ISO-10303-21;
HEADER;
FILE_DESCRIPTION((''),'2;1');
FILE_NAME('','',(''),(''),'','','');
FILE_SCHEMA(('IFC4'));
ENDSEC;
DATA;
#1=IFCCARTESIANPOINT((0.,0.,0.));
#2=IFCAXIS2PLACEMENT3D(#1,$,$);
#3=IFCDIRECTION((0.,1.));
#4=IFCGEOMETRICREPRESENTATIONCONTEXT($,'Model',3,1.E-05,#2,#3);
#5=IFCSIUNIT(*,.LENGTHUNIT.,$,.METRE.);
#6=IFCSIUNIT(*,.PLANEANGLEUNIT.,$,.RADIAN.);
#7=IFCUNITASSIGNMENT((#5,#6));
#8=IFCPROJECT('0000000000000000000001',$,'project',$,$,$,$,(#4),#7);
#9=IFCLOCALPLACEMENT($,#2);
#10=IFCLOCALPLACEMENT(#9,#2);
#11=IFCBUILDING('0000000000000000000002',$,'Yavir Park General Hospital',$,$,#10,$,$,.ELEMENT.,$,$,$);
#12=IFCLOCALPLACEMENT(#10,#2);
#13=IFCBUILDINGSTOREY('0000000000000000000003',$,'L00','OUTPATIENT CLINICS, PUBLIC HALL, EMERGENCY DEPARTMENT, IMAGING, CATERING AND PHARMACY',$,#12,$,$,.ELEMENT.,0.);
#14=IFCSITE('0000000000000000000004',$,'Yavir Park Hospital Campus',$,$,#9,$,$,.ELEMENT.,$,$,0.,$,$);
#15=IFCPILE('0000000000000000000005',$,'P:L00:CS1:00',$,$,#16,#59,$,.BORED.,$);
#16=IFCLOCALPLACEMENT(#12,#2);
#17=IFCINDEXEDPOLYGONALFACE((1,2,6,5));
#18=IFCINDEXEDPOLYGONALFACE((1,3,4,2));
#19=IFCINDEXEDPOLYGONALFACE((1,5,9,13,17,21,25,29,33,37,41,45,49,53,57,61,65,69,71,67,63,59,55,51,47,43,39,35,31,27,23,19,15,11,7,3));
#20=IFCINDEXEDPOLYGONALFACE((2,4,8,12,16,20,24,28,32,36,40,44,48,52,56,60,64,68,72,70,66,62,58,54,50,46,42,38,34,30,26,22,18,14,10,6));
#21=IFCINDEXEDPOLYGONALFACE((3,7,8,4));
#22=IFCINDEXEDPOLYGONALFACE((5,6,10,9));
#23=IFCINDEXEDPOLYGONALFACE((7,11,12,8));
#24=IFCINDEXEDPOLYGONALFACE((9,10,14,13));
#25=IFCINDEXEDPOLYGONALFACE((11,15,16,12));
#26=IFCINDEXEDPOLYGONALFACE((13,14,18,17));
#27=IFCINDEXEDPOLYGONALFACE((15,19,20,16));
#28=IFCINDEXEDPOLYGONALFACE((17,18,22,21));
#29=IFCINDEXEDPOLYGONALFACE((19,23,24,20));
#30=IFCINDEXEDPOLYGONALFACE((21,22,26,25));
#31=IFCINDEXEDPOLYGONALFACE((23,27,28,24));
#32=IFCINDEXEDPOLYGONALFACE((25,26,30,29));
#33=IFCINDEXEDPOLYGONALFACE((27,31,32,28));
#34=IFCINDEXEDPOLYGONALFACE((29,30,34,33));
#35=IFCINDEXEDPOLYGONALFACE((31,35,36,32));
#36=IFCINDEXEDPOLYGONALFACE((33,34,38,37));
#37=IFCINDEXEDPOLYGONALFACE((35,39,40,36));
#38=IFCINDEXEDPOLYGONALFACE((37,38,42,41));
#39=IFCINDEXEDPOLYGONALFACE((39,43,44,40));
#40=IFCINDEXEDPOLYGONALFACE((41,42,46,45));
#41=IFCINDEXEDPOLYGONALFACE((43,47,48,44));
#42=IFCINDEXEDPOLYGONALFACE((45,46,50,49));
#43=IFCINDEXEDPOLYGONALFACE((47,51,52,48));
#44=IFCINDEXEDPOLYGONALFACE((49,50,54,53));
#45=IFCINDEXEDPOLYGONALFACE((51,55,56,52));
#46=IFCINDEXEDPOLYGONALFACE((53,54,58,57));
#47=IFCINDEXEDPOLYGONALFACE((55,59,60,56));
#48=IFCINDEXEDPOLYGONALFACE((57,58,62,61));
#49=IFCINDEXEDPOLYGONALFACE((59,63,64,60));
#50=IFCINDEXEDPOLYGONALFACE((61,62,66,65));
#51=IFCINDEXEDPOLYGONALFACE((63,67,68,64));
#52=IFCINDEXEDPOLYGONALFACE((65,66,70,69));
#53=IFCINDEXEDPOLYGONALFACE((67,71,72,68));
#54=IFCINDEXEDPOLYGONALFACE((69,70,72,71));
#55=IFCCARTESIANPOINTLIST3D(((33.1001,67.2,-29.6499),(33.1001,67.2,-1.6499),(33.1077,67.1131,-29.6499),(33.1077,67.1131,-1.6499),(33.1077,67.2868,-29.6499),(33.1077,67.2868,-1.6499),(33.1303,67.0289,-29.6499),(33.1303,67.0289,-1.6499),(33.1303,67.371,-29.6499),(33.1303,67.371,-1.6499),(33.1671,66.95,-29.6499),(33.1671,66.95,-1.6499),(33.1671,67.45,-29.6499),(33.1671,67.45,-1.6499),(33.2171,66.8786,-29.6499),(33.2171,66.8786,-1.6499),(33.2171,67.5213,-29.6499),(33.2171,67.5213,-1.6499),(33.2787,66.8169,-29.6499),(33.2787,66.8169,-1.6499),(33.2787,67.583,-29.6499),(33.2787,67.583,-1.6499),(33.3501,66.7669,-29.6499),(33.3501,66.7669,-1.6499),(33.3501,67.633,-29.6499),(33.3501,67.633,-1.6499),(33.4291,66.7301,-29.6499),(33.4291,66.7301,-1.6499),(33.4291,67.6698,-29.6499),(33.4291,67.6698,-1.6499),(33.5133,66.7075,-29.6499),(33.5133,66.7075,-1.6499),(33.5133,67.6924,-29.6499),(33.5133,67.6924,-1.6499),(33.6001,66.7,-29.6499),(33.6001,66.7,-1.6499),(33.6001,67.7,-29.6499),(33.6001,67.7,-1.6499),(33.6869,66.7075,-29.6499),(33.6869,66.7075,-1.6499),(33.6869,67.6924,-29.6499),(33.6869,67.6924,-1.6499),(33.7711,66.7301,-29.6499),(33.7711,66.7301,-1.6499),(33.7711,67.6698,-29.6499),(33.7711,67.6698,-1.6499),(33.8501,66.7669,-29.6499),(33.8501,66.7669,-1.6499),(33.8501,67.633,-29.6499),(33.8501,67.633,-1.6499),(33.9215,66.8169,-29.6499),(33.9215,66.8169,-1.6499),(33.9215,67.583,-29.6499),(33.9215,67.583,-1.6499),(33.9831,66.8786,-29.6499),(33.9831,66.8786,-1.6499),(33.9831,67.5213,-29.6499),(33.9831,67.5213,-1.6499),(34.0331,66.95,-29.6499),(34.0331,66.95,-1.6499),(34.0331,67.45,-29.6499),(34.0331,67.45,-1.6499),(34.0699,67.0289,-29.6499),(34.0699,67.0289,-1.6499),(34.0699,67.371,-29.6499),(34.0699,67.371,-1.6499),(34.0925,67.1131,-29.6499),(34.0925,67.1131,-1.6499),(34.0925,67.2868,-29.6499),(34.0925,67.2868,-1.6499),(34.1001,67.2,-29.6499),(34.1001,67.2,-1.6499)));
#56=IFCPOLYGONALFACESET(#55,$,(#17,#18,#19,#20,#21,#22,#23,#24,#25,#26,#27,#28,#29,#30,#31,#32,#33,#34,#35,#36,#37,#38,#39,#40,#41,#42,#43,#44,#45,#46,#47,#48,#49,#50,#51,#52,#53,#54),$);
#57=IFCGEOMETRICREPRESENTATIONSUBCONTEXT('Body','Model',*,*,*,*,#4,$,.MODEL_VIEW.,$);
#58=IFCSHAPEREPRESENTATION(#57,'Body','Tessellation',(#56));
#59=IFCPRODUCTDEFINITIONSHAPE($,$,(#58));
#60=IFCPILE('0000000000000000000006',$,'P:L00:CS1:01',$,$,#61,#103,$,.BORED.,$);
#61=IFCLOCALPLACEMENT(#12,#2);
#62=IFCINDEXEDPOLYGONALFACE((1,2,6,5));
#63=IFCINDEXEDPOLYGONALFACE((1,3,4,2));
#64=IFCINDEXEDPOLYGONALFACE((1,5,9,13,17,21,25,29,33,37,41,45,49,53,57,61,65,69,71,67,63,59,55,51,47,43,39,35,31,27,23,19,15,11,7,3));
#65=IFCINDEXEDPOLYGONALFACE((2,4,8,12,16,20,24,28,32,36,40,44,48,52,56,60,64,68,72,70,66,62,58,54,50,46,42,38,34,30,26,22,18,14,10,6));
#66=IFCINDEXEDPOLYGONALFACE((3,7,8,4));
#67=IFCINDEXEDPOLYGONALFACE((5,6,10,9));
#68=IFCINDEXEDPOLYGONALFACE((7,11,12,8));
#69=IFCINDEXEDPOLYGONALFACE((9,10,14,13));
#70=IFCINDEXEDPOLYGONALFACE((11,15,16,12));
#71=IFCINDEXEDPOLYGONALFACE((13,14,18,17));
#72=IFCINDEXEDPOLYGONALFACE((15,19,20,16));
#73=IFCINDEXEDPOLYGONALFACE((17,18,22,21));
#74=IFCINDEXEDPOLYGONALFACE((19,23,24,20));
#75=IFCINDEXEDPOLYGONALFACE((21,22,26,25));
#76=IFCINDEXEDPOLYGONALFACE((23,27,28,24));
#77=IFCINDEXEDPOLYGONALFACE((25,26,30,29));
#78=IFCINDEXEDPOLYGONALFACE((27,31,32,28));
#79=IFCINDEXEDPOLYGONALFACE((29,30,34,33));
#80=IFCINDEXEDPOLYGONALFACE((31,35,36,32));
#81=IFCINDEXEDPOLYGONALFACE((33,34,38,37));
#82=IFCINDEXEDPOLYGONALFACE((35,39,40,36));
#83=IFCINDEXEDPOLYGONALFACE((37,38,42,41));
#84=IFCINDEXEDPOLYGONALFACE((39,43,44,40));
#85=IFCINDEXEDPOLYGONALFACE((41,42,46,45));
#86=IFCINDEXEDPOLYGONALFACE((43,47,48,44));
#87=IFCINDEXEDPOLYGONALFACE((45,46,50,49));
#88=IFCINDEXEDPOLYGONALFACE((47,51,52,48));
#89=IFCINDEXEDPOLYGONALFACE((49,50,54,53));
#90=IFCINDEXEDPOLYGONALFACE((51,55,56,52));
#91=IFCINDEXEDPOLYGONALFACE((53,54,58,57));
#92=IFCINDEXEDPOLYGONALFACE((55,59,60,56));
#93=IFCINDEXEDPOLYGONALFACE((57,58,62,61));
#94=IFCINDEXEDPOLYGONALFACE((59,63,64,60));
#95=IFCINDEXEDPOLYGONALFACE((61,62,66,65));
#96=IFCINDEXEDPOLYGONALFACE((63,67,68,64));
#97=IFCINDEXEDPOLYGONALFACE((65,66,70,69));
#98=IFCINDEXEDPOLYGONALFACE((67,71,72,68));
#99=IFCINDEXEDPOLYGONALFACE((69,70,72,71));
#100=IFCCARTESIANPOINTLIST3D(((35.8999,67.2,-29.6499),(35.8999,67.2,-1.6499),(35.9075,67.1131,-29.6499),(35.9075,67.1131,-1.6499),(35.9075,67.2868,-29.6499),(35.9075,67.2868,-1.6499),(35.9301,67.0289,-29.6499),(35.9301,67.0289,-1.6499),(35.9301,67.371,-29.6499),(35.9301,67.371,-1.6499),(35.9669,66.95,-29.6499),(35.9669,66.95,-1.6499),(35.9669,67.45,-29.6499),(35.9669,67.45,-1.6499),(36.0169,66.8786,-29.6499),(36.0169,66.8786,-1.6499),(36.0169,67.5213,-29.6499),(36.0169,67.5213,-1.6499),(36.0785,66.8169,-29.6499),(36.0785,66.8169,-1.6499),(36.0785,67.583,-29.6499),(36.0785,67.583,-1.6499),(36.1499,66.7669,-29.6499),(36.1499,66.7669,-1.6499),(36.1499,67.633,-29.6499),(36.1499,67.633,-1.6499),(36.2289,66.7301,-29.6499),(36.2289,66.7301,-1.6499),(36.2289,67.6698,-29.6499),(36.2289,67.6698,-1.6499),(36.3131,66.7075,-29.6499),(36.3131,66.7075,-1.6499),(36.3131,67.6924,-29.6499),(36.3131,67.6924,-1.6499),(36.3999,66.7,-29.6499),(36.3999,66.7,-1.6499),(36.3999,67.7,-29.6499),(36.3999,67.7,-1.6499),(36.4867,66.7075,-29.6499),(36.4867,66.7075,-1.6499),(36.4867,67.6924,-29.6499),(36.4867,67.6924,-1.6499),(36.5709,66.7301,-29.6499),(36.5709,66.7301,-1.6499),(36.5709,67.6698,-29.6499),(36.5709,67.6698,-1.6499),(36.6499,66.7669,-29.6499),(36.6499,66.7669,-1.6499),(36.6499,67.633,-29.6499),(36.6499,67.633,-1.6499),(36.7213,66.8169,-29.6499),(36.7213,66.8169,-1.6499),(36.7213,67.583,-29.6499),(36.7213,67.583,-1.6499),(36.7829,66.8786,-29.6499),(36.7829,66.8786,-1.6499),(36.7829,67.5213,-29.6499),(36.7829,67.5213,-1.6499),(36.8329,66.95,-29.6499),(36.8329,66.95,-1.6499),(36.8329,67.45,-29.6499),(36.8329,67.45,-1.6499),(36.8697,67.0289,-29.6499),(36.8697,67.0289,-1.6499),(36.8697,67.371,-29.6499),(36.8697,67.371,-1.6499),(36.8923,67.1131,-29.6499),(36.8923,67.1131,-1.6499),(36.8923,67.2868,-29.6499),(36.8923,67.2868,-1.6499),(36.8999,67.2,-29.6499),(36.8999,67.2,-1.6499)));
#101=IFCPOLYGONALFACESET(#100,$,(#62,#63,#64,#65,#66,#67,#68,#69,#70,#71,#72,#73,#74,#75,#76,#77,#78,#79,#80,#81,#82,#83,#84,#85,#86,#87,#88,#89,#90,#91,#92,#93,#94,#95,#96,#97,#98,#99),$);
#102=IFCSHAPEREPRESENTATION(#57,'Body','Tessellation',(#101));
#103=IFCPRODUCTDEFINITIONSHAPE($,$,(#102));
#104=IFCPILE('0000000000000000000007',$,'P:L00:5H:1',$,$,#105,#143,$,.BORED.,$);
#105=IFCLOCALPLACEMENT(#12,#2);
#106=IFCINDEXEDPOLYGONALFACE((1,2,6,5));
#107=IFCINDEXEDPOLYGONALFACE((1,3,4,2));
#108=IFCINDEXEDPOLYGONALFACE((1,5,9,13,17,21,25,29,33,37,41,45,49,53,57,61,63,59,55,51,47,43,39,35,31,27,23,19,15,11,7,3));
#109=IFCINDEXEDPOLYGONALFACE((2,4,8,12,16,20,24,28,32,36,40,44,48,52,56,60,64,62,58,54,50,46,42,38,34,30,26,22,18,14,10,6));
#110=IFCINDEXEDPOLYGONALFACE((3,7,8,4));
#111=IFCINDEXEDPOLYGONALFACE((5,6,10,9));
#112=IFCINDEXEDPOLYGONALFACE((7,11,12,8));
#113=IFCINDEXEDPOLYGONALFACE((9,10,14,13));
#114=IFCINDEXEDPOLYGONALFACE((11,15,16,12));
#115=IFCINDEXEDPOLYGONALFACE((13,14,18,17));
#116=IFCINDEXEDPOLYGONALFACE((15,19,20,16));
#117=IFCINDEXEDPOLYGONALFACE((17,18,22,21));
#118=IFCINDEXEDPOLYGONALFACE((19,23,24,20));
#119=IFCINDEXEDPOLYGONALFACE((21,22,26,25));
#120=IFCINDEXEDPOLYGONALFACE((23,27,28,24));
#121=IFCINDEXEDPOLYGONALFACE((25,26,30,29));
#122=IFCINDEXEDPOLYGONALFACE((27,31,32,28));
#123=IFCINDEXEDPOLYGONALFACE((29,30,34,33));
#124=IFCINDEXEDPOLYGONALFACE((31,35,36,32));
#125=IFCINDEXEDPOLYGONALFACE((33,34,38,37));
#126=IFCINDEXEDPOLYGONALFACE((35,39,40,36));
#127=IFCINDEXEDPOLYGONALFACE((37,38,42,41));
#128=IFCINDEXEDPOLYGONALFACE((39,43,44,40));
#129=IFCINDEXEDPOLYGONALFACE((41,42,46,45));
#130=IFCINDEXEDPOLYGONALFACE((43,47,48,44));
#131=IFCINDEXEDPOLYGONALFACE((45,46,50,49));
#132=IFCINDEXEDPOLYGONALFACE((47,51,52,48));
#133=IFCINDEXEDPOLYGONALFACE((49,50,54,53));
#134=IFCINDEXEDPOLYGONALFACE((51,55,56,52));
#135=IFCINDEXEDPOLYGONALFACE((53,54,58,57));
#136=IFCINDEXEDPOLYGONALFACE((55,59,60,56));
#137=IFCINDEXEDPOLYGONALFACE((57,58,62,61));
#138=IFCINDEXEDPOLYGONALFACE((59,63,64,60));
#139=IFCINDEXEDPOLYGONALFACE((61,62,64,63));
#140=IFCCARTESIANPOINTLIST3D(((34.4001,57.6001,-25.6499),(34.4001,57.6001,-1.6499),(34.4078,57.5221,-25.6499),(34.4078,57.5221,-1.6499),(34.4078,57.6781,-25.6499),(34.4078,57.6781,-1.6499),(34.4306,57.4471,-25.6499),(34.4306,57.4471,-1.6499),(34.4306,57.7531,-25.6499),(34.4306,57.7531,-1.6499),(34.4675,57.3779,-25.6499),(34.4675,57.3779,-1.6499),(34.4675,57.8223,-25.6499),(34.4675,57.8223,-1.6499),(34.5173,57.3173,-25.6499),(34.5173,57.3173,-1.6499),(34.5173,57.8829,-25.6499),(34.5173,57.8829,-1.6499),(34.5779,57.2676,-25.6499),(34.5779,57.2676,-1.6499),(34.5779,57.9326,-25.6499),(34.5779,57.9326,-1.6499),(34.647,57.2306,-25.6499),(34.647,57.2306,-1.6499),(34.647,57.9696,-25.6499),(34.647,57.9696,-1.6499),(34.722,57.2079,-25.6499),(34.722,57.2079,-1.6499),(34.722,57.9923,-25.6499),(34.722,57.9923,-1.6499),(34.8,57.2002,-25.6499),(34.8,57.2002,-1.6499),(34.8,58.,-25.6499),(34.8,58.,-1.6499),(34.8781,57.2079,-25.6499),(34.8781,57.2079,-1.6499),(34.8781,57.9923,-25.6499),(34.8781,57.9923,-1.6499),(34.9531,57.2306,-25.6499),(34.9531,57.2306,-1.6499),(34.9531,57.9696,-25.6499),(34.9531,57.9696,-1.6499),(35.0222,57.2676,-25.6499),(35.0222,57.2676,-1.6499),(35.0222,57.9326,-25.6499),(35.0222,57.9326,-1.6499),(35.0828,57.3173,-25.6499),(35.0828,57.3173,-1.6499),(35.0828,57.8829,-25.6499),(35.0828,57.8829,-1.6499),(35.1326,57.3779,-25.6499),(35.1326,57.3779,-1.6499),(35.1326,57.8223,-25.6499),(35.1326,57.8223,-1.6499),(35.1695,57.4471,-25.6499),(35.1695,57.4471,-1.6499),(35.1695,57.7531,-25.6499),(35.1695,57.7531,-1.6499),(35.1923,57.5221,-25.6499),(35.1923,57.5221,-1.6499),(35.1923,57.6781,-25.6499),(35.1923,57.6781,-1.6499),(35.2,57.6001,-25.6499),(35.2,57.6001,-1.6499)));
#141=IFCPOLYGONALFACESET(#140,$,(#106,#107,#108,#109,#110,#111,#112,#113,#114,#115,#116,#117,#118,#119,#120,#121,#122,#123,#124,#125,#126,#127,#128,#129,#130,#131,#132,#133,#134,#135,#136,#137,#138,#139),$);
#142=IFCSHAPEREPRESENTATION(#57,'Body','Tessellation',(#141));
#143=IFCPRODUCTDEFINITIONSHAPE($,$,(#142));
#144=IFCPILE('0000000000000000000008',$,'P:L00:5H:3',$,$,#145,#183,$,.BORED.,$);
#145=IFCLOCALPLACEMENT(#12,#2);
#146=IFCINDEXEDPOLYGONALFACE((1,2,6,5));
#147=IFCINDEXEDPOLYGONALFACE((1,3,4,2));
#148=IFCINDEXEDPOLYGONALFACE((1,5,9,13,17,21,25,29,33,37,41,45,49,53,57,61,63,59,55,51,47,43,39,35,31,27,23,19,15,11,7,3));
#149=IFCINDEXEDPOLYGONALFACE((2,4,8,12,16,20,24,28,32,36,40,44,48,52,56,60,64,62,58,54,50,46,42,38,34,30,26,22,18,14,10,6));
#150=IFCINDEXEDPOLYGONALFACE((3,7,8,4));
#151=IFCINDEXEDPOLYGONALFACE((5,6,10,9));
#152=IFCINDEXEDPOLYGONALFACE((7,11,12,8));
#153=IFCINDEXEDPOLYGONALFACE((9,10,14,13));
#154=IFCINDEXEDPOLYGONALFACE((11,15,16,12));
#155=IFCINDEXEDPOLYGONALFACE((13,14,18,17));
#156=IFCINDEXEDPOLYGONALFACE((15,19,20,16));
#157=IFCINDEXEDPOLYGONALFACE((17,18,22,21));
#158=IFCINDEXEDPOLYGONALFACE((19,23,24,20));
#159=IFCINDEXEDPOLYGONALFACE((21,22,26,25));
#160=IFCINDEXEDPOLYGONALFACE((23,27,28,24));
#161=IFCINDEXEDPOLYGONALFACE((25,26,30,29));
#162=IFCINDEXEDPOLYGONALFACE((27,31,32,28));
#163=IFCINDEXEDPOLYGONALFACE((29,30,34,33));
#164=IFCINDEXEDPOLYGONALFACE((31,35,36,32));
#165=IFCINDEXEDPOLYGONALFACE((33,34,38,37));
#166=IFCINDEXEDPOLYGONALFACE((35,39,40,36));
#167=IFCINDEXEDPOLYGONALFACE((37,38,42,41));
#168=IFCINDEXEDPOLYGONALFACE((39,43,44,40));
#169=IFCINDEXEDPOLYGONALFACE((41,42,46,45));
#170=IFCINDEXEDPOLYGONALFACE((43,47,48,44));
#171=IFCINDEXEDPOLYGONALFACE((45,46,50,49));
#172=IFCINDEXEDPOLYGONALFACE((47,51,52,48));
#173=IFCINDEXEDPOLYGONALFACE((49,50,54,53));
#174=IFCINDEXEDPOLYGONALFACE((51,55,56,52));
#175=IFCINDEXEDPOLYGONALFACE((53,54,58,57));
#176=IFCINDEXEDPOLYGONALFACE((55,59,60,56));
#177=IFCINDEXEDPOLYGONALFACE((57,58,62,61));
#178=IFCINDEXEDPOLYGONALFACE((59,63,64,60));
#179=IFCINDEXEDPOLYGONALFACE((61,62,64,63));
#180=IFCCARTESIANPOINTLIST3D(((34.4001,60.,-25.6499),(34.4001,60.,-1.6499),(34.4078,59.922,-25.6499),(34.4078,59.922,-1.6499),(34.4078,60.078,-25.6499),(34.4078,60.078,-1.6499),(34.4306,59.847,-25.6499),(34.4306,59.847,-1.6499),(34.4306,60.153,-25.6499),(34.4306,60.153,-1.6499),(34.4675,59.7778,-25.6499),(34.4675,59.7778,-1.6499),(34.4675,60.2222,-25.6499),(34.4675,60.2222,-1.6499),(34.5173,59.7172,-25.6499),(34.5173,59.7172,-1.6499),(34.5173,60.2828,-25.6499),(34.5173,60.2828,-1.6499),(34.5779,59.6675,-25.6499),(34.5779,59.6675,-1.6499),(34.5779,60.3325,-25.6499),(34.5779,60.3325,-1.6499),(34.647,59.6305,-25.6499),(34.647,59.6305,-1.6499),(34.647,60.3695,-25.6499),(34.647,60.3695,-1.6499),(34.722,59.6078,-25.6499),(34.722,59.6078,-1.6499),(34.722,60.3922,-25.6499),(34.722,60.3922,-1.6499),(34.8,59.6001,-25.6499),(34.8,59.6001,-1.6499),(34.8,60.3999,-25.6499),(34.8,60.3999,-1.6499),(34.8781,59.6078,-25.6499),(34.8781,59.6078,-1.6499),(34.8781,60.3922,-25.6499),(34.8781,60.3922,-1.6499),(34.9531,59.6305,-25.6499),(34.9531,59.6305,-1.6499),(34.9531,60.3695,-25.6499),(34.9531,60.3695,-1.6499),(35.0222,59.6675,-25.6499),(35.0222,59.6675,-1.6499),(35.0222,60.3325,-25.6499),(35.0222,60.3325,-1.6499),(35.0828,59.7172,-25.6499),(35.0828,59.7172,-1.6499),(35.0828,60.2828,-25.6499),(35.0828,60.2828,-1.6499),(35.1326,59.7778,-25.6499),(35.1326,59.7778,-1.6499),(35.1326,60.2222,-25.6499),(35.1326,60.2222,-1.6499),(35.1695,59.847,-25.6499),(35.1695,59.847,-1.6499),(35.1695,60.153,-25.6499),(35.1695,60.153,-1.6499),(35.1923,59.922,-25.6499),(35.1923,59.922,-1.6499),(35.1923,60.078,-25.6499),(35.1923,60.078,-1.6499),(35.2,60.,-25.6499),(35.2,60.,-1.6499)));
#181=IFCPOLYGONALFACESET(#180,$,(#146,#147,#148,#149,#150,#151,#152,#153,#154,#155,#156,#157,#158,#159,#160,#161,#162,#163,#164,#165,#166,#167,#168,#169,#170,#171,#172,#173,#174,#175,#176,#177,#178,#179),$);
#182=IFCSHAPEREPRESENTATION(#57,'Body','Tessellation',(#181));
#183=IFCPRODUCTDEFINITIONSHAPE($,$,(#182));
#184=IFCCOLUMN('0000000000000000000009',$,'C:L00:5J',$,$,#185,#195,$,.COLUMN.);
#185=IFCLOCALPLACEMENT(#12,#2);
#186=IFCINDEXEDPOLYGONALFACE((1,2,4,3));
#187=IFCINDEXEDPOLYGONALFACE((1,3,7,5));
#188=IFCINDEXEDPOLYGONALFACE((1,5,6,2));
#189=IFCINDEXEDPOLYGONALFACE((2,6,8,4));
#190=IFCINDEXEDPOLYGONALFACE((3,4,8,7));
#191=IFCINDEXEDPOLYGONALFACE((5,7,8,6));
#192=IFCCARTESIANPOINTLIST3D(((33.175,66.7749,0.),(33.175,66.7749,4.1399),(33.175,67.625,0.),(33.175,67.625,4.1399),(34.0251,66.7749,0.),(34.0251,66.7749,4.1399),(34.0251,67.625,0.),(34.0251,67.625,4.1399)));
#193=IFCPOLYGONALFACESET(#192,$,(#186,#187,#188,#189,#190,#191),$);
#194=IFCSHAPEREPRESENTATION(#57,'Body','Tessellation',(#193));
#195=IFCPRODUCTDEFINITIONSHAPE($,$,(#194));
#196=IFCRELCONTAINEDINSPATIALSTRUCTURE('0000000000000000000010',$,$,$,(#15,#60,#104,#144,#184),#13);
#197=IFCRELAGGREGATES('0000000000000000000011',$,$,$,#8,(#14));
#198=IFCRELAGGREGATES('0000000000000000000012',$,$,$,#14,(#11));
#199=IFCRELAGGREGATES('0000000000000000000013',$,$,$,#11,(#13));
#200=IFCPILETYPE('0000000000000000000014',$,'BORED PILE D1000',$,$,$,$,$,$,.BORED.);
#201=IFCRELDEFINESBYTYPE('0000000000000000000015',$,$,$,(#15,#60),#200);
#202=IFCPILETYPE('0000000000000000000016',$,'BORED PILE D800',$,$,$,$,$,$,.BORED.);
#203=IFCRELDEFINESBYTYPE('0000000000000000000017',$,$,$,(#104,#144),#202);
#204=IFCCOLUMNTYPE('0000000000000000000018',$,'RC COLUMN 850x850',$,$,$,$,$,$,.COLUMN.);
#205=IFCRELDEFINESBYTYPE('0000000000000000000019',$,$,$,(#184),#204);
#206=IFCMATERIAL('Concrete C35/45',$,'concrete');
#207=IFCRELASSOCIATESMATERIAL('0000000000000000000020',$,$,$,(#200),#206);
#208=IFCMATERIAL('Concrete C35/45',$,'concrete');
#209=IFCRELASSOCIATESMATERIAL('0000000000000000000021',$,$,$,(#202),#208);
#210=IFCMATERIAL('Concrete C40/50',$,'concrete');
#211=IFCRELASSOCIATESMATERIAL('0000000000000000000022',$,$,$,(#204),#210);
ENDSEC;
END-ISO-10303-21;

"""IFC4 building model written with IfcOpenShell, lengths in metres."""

from ifc_helpers import new_model, si_unit, direction, frame, origin, origin_2d, place, context, subcontext, project, spatial, rectangle, circle, extrude, material, material_profile, profile_set, type_object, element, save


model = new_model("IFC4")

# Units and contexts
model_context = context("Model", 3, precision=1e-05, world=origin(), true_north=direction((0.0, 1.0)))
body_context = subcontext(model_context, "Body", "Model", "MODEL_VIEW")
ifc_project = project(units=[si_unit("LENGTHUNIT", "METRE"), si_unit("PLANEANGLEUNIT", "RADIAN")], contexts=[model_context])

# Site, building, storey
site_placement = place(None, origin())
site = spatial("IfcSite", under=ifc_project, at=site_placement, Name="Yavir Park Hospital Campus", CompositionType="ELEMENT", RefElevation=0.0)
building_placement = place(site_placement, origin())
building = spatial("IfcBuilding", under=site, at=building_placement, Name="Yavir Park General Hospital", CompositionType="ELEMENT")
storey_placement = place(building_placement, origin())
storey = spatial("IfcBuildingStorey", under=building, at=storey_placement, Name="L00", Description="OUTPATIENT CLINICS, PUBLIC HALL, EMERGENCY DEPARTMENT, IMAGING, CATERING AND PHARMACY", CompositionType="ELEMENT", Elevation=0.0)

# Piles
ifc_material_1 = material(Name="Concrete C35/45", Category="concrete")
ifc_material_profile_1 = material_profile(ifc_material_1, circle(Radius=0.5, at=origin_2d()), Name="D1000")
ifc_profile_set_1 = profile_set([ifc_material_profile_1], Name="Concrete C35/45")
pile_type_1 = type_object("IfcPileType", Name="BORED PILE D1000", PredefinedType="BORED", material=ifc_profile_set_1)
for number, where, z_axis, x_axis, name in (
    (1, (33.6001, 67.2, -1.6499), (0.0, 0.0, -1.0), (1.0, 0.0, 0.0), "P:L00:CS1:00"),
    (2, (36.3999, 67.2, -1.6499), (0.0, 0.0, -1.0), (1.0, 0.0, 0.0), "P:L00:CS1:01"),
):
    element("IfcPile", number, at=place(storey_placement, frame(where, z_axis=z_axis, x_axis=x_axis)), inside=storey, type_object=pile_type_1, Name=name, PredefinedType="BORED", context=body_context, shape_type="SweptSolid", body=[
        extrude(circle(Radius=0.5, at=origin_2d()), origin(), (0.0, 0.0, 1.0), 28.0),
    ])
ifc_material_2 = material(Name="Concrete C35/45", Category="concrete")
ifc_material_profile_2 = material_profile(ifc_material_2, circle(Radius=0.3999, at=origin_2d()), Name="D800")
ifc_profile_set_2 = profile_set([ifc_material_profile_2], Name="Concrete C35/45")
pile_type_2 = type_object("IfcPileType", Name="BORED PILE D800", PredefinedType="BORED", material=ifc_profile_set_2)
for number, where, z_axis, x_axis, name in (
    (3, (34.8, 57.6001, -1.6499), (0.0, 0.0, -1.0), (1.0, 0.0, 0.0), "P:L00:5H:1"),
    (4, (34.8, 60.0, -1.6499), (0.0, 0.0, -1.0), (1.0, 0.0, 0.0), "P:L00:5H:3"),
):
    element("IfcPile", number, at=place(storey_placement, frame(where, z_axis=z_axis, x_axis=x_axis)), inside=storey, type_object=pile_type_2, Name=name, PredefinedType="BORED", context=body_context, shape_type="SweptSolid", body=[
        extrude(circle(Radius=0.3999, at=origin_2d()), origin(), (0.0, 0.0, 1.0), 24.0),
    ])

# Column
ifc_material_3 = material(Name="Concrete C40/50", Category="concrete")
ifc_material_profile_3 = material_profile(ifc_material_3, rectangle(XDim=0.8501, YDim=0.8501, at=origin_2d()), Name="RC850x850")
ifc_profile_set_3 = profile_set([ifc_material_profile_3], Name="Concrete C40/50")
column_type = type_object("IfcColumnType", Name="RC COLUMN 850x850", PredefinedType="COLUMN", material=ifc_profile_set_3)
column_placement = place(storey_placement, frame((33.6001, 67.2, 0.0), z_axis=(0.0, 0.0, 1.0), x_axis=(1.0, 0.0, 0.0)))
element("IfcColumn", 5, at=column_placement, inside=storey, type_object=column_type, Name="C:L00:5J", PredefinedType="COLUMN", context=body_context, shape_type="SweptSolid", body=[
    extrude(rectangle(XDim=0.8501, YDim=0.8501, at=origin_2d()), origin(), (0.0, 0.0, 1.0), 4.1399),
])

save(model, "model.ifc")
